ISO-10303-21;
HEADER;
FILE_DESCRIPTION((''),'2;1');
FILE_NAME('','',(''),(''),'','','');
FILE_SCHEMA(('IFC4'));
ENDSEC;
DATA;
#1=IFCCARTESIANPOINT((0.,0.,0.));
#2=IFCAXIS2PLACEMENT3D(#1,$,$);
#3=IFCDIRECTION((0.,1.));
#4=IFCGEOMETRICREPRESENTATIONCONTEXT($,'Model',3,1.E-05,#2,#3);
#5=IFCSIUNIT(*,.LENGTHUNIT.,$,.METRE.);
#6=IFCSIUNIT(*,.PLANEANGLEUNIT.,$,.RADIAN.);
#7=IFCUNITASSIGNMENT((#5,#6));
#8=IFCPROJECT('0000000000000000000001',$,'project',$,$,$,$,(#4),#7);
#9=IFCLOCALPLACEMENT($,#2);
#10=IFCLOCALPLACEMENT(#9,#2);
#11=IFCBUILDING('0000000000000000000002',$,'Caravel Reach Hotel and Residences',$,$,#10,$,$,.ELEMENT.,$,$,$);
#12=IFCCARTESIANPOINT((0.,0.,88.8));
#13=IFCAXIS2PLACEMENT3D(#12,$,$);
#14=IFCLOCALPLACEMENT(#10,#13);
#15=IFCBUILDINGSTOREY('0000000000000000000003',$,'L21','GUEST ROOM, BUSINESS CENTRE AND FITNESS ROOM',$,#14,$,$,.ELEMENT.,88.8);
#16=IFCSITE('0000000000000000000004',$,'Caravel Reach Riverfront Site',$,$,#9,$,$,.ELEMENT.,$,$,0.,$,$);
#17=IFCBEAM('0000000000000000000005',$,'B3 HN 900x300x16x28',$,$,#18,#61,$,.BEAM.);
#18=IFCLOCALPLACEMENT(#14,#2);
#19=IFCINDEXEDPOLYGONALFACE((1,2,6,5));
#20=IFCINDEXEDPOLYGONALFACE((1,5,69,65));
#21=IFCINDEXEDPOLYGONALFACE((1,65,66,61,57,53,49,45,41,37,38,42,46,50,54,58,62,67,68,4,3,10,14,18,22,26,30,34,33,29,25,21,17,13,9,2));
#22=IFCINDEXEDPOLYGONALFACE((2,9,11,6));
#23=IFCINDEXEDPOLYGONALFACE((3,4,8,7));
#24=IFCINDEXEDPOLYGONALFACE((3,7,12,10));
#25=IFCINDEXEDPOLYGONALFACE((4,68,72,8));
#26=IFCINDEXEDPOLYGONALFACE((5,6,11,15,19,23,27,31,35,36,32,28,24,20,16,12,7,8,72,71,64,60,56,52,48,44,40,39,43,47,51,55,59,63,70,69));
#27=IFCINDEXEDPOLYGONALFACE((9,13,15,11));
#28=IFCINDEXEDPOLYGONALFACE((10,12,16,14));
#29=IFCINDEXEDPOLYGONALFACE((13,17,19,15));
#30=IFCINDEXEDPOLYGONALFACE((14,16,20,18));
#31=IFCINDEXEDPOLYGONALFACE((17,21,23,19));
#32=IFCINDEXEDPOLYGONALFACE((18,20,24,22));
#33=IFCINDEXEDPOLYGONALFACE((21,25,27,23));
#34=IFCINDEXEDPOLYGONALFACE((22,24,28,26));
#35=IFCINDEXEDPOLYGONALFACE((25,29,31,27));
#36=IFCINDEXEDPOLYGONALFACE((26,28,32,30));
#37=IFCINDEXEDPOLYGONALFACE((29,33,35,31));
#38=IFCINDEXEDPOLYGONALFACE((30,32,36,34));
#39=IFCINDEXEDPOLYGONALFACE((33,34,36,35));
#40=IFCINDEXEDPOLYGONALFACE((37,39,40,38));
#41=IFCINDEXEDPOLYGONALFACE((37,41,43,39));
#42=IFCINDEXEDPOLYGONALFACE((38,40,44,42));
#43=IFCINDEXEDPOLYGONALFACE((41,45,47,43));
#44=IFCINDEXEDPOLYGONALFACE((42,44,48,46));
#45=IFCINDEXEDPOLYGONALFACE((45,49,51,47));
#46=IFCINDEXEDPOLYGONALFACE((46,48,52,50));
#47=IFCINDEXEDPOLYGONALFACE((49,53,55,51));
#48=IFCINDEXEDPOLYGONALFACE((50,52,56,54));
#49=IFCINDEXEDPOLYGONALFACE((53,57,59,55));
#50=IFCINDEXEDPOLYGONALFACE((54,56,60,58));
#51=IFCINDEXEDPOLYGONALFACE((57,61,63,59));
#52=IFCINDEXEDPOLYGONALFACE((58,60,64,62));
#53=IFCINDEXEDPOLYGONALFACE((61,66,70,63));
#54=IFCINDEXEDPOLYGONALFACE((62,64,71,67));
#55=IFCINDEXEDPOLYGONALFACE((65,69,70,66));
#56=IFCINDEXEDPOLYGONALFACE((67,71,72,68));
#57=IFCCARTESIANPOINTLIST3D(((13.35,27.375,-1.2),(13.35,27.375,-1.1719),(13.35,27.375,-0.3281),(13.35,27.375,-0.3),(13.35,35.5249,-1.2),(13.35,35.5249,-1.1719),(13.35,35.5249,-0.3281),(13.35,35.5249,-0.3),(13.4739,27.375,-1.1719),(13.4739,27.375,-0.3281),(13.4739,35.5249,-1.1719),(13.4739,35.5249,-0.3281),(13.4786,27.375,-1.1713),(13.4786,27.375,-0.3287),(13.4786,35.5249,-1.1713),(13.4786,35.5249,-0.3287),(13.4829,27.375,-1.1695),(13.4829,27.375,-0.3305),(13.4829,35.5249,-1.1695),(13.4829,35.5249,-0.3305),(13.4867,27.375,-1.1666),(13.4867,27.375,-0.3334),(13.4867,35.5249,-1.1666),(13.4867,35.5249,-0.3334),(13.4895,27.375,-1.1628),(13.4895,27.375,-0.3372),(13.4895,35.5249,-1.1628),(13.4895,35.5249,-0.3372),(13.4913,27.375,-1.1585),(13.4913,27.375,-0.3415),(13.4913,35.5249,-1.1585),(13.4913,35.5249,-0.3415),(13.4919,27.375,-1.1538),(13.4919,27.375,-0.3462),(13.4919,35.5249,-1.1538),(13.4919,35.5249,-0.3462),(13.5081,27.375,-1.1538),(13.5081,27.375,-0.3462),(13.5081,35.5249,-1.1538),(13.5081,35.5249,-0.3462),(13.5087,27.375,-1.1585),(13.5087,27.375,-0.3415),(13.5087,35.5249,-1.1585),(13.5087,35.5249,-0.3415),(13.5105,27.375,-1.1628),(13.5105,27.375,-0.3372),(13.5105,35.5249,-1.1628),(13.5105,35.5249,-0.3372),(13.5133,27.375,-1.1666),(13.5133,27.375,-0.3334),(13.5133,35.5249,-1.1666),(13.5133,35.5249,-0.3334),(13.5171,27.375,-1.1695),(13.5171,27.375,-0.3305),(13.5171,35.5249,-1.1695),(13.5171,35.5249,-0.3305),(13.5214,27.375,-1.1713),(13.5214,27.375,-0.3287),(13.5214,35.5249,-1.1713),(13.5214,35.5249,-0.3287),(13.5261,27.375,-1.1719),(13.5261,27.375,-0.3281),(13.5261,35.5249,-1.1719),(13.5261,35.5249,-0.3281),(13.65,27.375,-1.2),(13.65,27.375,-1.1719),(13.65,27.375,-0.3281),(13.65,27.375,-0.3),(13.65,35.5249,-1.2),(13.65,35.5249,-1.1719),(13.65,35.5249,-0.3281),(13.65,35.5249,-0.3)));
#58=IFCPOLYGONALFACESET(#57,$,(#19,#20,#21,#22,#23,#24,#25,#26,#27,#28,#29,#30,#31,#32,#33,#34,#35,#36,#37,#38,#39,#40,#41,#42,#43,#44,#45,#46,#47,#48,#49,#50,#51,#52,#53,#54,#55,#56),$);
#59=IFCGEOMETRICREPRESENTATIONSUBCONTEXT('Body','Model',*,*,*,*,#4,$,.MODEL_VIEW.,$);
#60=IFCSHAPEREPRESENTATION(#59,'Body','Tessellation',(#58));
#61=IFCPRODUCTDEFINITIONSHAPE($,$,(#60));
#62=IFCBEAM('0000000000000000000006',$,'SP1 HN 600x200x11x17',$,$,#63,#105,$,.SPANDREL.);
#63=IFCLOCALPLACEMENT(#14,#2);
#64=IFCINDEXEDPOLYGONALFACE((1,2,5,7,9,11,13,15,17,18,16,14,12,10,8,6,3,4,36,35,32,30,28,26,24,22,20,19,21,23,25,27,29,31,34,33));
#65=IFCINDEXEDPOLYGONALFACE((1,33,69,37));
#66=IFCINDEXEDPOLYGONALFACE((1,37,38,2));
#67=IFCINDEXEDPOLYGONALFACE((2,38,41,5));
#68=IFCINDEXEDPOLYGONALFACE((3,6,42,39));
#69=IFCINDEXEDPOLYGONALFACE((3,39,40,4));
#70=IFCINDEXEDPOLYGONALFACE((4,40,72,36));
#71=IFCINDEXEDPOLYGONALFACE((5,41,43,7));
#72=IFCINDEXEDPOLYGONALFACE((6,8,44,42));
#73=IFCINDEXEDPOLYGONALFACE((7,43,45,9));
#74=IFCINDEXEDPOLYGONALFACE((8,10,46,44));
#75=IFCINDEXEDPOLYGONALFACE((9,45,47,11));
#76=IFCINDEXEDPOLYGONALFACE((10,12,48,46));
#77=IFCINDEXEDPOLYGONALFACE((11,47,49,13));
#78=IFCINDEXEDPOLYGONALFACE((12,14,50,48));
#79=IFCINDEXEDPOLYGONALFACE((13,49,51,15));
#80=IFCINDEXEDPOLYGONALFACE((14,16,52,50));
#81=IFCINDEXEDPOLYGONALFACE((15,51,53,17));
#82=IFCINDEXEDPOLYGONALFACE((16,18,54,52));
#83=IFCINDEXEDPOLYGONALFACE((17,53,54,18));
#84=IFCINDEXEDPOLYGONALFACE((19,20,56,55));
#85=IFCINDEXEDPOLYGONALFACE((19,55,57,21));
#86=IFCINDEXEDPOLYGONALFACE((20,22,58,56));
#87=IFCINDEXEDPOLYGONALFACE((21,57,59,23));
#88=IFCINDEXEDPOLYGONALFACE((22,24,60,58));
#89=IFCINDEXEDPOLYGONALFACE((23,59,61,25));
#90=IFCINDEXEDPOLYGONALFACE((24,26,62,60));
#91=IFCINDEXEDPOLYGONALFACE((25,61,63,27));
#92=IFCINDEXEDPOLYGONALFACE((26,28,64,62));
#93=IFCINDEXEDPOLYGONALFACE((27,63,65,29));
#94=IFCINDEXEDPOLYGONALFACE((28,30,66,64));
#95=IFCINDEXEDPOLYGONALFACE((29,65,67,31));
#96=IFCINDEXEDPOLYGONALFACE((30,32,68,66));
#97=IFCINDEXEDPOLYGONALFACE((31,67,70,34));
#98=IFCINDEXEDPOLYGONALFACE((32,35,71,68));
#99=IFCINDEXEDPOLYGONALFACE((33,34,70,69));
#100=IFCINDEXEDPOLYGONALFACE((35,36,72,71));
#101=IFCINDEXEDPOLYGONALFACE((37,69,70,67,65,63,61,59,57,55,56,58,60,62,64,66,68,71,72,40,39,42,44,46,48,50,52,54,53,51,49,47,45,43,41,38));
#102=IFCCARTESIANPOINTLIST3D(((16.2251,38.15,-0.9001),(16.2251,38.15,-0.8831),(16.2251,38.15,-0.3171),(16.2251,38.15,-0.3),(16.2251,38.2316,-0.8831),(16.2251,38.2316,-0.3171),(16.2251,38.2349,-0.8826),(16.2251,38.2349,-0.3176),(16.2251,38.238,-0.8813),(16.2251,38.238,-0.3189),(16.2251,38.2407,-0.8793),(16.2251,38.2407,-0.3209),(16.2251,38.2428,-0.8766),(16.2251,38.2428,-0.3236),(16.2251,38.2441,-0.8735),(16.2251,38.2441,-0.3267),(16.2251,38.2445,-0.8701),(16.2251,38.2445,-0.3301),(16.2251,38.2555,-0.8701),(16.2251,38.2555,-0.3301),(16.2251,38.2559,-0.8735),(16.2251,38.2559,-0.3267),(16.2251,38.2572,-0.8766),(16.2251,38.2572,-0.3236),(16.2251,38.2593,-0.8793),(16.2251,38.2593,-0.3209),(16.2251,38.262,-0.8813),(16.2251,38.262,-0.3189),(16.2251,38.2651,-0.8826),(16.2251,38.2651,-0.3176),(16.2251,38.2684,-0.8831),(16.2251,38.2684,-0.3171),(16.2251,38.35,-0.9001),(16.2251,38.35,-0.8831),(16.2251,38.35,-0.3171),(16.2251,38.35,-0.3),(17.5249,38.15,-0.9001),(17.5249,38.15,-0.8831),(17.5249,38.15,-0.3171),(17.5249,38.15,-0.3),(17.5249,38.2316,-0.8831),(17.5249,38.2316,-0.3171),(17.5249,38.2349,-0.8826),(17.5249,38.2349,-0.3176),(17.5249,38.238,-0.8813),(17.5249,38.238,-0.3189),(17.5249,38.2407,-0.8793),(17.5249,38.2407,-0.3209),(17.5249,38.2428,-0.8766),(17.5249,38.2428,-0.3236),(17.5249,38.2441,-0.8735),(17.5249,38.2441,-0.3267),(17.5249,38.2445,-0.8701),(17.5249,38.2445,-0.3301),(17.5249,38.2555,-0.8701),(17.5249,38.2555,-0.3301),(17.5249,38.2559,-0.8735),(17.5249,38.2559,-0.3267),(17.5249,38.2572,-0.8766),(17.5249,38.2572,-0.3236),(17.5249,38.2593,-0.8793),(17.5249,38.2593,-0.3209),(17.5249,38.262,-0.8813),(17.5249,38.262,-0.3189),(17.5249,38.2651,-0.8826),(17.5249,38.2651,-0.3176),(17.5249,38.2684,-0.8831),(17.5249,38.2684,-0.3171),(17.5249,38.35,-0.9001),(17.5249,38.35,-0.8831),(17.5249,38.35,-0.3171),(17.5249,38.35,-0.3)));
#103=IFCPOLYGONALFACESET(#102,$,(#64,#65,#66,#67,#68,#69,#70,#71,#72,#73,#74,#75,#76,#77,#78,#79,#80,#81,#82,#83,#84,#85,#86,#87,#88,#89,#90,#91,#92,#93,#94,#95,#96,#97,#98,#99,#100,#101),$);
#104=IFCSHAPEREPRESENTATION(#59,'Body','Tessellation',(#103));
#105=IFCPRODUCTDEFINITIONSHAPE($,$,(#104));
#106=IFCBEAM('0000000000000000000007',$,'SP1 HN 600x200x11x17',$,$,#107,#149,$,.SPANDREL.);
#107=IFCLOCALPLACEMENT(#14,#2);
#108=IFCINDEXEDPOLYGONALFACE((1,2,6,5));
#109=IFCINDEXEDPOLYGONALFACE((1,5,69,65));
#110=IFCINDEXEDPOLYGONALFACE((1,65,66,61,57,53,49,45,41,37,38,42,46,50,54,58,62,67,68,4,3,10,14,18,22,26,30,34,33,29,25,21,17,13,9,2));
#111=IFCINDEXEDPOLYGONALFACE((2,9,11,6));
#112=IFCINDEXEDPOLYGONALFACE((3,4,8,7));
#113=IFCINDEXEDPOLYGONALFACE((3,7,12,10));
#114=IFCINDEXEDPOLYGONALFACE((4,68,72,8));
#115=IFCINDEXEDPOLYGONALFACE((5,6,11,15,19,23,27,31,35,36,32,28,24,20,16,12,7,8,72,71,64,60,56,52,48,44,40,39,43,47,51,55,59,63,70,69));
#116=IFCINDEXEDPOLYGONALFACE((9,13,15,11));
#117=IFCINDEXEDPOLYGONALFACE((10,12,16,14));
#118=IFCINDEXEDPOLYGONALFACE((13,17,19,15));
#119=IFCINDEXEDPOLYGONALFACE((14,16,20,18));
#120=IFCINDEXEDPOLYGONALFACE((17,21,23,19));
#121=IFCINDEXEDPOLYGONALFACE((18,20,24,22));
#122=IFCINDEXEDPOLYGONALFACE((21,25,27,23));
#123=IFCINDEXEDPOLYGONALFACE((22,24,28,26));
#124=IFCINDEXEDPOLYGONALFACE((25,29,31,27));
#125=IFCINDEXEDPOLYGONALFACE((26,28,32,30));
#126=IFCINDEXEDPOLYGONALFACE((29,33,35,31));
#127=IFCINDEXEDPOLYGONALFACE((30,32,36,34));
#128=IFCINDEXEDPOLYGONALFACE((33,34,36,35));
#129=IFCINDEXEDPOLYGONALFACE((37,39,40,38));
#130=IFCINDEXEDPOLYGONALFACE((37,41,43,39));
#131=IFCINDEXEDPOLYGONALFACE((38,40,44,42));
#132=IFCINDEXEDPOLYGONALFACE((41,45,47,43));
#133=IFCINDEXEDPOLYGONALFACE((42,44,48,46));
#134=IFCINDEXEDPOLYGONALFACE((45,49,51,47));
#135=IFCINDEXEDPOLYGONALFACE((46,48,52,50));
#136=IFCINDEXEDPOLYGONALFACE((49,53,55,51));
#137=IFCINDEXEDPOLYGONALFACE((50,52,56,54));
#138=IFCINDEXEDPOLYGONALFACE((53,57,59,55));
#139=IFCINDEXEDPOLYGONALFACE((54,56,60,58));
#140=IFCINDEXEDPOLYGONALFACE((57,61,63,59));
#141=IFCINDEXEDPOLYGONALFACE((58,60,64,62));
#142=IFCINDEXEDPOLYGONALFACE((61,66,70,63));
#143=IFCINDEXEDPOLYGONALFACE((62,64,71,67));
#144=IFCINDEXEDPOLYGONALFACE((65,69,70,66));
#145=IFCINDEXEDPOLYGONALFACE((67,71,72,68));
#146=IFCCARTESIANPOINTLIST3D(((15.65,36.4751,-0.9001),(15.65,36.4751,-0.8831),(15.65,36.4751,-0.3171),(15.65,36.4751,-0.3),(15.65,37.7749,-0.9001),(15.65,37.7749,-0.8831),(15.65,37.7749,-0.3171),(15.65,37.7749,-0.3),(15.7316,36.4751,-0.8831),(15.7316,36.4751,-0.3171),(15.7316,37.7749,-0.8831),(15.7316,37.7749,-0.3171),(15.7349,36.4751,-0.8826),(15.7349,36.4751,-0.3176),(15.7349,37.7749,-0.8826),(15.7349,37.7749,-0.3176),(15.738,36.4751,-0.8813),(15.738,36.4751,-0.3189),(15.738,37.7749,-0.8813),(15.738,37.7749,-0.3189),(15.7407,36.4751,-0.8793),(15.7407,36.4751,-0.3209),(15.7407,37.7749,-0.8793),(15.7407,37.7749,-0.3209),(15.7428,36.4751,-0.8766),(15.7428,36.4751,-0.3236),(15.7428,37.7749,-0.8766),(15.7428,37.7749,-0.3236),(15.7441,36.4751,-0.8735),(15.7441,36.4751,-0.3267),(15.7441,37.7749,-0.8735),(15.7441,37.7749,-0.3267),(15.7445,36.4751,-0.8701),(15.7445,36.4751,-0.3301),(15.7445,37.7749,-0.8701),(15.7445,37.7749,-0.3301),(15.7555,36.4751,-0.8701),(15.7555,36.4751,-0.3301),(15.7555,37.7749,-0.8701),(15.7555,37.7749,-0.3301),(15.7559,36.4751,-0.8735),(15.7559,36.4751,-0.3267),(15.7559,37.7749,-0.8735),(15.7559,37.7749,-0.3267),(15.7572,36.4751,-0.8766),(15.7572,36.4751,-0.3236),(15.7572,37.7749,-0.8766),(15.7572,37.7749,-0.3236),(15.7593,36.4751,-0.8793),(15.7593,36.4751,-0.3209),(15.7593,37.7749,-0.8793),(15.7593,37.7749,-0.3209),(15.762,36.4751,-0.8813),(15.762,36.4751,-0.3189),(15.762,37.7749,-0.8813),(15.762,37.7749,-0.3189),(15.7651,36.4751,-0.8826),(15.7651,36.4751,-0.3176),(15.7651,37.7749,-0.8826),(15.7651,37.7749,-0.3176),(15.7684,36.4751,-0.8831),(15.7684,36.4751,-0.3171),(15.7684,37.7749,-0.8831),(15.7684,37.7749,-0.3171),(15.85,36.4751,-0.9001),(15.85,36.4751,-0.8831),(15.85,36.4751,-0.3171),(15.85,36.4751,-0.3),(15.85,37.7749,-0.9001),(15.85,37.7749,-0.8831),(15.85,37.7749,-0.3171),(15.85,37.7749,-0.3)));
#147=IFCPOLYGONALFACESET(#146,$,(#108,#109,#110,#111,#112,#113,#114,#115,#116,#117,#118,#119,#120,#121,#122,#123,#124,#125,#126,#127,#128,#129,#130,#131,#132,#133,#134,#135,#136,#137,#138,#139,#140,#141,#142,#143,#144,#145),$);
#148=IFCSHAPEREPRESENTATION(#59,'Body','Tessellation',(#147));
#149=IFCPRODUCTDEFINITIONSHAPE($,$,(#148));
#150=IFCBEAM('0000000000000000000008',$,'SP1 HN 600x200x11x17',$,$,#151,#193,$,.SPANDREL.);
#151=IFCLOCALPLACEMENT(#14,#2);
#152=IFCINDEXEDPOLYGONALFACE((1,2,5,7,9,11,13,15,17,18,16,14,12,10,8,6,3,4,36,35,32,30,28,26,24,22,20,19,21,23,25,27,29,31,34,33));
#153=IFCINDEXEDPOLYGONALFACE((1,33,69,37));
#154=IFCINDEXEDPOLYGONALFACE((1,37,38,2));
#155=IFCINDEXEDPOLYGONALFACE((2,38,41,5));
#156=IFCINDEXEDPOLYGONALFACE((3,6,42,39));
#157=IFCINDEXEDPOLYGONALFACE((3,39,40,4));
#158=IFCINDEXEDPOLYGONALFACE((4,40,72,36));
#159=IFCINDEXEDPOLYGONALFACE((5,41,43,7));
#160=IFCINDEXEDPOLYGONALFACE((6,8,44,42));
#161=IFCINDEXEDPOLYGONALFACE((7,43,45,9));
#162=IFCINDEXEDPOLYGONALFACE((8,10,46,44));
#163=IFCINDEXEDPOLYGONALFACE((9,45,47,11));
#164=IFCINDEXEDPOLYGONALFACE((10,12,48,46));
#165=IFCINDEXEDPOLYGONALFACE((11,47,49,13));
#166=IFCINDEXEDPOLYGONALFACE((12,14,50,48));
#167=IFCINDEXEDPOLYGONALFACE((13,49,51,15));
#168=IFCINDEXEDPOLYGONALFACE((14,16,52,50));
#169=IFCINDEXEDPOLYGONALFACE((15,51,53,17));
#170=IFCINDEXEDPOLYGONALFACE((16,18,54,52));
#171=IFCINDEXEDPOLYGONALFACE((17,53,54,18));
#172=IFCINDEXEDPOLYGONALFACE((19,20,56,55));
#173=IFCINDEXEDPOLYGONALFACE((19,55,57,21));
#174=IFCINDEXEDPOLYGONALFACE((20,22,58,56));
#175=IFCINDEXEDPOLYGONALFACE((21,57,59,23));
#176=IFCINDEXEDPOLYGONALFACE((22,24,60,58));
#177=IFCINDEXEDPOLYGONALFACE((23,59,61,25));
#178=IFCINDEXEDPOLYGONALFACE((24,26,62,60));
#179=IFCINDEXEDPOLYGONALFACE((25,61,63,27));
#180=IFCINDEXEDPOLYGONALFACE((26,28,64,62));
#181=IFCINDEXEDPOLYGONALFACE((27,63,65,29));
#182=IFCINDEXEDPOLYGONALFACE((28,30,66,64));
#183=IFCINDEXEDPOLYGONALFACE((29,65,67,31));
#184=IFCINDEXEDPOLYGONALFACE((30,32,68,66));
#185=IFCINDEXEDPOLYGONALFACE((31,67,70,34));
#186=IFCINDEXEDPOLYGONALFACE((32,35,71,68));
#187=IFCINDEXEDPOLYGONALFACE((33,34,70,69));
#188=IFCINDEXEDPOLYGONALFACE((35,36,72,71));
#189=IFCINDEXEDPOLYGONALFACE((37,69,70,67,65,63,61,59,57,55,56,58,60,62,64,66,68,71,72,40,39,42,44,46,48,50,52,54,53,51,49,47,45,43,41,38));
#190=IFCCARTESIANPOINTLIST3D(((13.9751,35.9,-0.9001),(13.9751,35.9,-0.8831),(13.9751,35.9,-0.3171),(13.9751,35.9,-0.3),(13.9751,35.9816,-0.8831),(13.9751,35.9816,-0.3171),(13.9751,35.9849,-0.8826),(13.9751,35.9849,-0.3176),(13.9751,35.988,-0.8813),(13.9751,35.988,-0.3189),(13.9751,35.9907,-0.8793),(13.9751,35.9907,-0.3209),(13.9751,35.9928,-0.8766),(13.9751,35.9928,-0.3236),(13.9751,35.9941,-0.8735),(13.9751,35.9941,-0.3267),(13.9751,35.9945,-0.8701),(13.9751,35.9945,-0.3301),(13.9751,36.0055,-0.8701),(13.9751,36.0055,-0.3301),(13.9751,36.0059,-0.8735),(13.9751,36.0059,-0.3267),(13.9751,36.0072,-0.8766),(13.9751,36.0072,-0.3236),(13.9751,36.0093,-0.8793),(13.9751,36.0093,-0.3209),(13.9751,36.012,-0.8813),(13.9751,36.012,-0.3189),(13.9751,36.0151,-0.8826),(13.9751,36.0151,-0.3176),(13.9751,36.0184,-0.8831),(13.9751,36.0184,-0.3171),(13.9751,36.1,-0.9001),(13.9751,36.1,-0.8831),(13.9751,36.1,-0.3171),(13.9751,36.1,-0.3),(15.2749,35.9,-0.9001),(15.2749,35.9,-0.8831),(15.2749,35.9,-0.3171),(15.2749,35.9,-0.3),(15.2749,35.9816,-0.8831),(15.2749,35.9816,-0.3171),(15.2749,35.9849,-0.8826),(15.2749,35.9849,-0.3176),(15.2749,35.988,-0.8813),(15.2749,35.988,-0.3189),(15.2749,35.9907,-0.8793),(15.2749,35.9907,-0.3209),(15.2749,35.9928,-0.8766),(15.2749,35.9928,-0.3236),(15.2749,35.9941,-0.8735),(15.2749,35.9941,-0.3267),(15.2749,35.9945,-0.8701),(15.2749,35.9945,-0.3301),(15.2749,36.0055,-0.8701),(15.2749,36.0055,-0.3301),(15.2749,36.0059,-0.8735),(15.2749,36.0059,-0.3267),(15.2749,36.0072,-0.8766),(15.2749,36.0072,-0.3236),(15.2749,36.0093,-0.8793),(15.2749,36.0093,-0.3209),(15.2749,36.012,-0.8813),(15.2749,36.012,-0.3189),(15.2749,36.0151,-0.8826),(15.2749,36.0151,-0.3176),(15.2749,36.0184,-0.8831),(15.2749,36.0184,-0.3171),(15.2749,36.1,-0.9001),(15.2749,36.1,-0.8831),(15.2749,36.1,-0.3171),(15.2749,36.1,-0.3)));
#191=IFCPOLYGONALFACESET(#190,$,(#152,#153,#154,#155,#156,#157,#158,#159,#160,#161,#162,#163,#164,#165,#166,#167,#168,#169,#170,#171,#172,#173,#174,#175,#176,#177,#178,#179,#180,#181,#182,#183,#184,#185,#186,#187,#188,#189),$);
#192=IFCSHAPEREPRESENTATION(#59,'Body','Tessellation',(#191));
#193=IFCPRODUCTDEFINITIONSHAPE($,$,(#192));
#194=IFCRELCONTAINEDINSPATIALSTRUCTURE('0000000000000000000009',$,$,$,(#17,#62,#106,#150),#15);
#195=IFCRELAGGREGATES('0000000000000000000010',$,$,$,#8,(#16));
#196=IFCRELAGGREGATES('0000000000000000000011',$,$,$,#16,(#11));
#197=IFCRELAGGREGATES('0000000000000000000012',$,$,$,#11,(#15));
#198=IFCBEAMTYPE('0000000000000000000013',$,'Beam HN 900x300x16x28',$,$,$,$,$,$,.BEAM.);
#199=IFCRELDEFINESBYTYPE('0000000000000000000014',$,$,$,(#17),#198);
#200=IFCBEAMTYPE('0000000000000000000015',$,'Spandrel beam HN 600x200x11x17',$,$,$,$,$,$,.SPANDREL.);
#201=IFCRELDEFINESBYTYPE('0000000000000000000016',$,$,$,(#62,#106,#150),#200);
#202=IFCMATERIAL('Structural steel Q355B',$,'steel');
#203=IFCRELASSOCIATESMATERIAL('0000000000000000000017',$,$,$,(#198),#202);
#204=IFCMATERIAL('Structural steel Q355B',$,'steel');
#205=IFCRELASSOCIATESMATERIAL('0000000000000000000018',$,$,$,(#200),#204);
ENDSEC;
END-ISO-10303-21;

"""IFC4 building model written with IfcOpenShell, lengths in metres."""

from ifc_helpers import new_model, si_unit, direction, frame, origin, origin_2d, place, context, subcontext, project, spatial, i_section, extrude, material, material_profile, profile_set, type_object, element, save


model = new_model("IFC4")

# Units and contexts
model_context = context("Model", 3, precision=1e-05, world=origin(), true_north=direction((0.0, 1.0)))
body_context = subcontext(model_context, "Body", "Model", "MODEL_VIEW")
ifc_project = project(units=[si_unit("LENGTHUNIT", "METRE"), si_unit("PLANEANGLEUNIT", "RADIAN")], contexts=[model_context])

# Site, building, storey
site_placement = place(None, origin())
site = spatial("IfcSite", under=ifc_project, at=site_placement, Name="Caravel Reach Riverfront Site", CompositionType="ELEMENT", RefElevation=0.0)
building_placement = place(site_placement, origin())
building = spatial("IfcBuilding", under=site, at=building_placement, Name="Caravel Reach Hotel and Residences", CompositionType="ELEMENT")
storey_placement = place(building_placement, frame((0.0, 0.0, 88.8)))
storey = spatial("IfcBuildingStorey", under=building, at=storey_placement, Name="L21", Description="GUEST ROOM, BUSINESS CENTRE AND FITNESS ROOM", CompositionType="ELEMENT", Elevation=88.8)

# Beams
ifc_material_1 = material(Name="Structural steel Q355B", Category="steel")
ifc_material_profile_1 = material_profile(ifc_material_1, i_section(OverallWidth=0.3, OverallDepth=0.8999, WebThickness=0.0161, FlangeThickness=0.0281, FilletRadius=0.0181, at=origin_2d()), Name="HN 900x300x16x28")
ifc_profile_set_1 = profile_set([ifc_material_profile_1], Name="Structural steel Q355B")
beam_type_1 = type_object("IfcBeamType", Name="Beam HN 900x300x16x28", PredefinedType="BEAM", material=ifc_profile_set_1)
beam_1_placement = place(storey_placement, frame((13.5, 27.375, -0.75), z_axis=(0.0, 1.0, 0.0), x_axis=(-1.0, 0.0, 0.0)))
element("IfcBeam", 1, at=beam_1_placement, inside=storey, type_object=beam_type_1, Name="B3 HN 900x300x16x28", PredefinedType="BEAM", context=body_context, shape_type="SweptSolid", body=[
    extrude(i_section(OverallWidth=0.3, OverallDepth=0.8999, WebThickness=0.0161, FlangeThickness=0.0281, FilletRadius=0.0181, at=origin_2d()), origin(), (0.0, 0.0, 1.0), 8.1499),
])
ifc_material_2 = material(Name="Structural steel Q355B", Category="steel")
ifc_material_profile_2 = material_profile(ifc_material_2, i_section(OverallWidth=0.2, OverallDepth=0.6001, WebThickness=0.011, FlangeThickness=0.0171, FilletRadius=0.0129, at=origin_2d()), Name="HN 600x200x11x17")
ifc_profile_set_2 = profile_set([ifc_material_profile_2], Name="Structural steel Q355B")
beam_type_2 = type_object("IfcBeamType", Name="Spandrel beam HN 600x200x11x17", PredefinedType="SPANDREL", material=ifc_profile_set_2)
for number, where, z_axis, x_axis, name in (
    (2, (17.5249, 38.25, -0.6001), (-1.0, 0.0, 0.0), (0.0, -1.0, 0.0), "SP1 HN 600x200x11x17"),
    (3, (15.75, 37.7749, -0.6001), (0.0, -1.0, 0.0), (1.0, 0.0, 0.0), "SP1 HN 600x200x11x17"),
    (4, (15.2749, 36.0, -0.6001), (-1.0, 0.0, 0.0), (0.0, -1.0, 0.0), "SP1 HN 600x200x11x17"),
):
    element("IfcBeam", number, at=place(storey_placement, frame(where, z_axis=z_axis, x_axis=x_axis)), inside=storey, type_object=beam_type_2, Name=name, PredefinedType="SPANDREL", context=body_context, shape_type="SweptSolid", body=[
        extrude(i_section(OverallWidth=0.2, OverallDepth=0.6001, WebThickness=0.011, FlangeThickness=0.0171, FilletRadius=0.0129, at=origin_2d()), origin(), (0.0, 0.0, 1.0), 1.2998),
    ])

save(model, "model.ifc")
